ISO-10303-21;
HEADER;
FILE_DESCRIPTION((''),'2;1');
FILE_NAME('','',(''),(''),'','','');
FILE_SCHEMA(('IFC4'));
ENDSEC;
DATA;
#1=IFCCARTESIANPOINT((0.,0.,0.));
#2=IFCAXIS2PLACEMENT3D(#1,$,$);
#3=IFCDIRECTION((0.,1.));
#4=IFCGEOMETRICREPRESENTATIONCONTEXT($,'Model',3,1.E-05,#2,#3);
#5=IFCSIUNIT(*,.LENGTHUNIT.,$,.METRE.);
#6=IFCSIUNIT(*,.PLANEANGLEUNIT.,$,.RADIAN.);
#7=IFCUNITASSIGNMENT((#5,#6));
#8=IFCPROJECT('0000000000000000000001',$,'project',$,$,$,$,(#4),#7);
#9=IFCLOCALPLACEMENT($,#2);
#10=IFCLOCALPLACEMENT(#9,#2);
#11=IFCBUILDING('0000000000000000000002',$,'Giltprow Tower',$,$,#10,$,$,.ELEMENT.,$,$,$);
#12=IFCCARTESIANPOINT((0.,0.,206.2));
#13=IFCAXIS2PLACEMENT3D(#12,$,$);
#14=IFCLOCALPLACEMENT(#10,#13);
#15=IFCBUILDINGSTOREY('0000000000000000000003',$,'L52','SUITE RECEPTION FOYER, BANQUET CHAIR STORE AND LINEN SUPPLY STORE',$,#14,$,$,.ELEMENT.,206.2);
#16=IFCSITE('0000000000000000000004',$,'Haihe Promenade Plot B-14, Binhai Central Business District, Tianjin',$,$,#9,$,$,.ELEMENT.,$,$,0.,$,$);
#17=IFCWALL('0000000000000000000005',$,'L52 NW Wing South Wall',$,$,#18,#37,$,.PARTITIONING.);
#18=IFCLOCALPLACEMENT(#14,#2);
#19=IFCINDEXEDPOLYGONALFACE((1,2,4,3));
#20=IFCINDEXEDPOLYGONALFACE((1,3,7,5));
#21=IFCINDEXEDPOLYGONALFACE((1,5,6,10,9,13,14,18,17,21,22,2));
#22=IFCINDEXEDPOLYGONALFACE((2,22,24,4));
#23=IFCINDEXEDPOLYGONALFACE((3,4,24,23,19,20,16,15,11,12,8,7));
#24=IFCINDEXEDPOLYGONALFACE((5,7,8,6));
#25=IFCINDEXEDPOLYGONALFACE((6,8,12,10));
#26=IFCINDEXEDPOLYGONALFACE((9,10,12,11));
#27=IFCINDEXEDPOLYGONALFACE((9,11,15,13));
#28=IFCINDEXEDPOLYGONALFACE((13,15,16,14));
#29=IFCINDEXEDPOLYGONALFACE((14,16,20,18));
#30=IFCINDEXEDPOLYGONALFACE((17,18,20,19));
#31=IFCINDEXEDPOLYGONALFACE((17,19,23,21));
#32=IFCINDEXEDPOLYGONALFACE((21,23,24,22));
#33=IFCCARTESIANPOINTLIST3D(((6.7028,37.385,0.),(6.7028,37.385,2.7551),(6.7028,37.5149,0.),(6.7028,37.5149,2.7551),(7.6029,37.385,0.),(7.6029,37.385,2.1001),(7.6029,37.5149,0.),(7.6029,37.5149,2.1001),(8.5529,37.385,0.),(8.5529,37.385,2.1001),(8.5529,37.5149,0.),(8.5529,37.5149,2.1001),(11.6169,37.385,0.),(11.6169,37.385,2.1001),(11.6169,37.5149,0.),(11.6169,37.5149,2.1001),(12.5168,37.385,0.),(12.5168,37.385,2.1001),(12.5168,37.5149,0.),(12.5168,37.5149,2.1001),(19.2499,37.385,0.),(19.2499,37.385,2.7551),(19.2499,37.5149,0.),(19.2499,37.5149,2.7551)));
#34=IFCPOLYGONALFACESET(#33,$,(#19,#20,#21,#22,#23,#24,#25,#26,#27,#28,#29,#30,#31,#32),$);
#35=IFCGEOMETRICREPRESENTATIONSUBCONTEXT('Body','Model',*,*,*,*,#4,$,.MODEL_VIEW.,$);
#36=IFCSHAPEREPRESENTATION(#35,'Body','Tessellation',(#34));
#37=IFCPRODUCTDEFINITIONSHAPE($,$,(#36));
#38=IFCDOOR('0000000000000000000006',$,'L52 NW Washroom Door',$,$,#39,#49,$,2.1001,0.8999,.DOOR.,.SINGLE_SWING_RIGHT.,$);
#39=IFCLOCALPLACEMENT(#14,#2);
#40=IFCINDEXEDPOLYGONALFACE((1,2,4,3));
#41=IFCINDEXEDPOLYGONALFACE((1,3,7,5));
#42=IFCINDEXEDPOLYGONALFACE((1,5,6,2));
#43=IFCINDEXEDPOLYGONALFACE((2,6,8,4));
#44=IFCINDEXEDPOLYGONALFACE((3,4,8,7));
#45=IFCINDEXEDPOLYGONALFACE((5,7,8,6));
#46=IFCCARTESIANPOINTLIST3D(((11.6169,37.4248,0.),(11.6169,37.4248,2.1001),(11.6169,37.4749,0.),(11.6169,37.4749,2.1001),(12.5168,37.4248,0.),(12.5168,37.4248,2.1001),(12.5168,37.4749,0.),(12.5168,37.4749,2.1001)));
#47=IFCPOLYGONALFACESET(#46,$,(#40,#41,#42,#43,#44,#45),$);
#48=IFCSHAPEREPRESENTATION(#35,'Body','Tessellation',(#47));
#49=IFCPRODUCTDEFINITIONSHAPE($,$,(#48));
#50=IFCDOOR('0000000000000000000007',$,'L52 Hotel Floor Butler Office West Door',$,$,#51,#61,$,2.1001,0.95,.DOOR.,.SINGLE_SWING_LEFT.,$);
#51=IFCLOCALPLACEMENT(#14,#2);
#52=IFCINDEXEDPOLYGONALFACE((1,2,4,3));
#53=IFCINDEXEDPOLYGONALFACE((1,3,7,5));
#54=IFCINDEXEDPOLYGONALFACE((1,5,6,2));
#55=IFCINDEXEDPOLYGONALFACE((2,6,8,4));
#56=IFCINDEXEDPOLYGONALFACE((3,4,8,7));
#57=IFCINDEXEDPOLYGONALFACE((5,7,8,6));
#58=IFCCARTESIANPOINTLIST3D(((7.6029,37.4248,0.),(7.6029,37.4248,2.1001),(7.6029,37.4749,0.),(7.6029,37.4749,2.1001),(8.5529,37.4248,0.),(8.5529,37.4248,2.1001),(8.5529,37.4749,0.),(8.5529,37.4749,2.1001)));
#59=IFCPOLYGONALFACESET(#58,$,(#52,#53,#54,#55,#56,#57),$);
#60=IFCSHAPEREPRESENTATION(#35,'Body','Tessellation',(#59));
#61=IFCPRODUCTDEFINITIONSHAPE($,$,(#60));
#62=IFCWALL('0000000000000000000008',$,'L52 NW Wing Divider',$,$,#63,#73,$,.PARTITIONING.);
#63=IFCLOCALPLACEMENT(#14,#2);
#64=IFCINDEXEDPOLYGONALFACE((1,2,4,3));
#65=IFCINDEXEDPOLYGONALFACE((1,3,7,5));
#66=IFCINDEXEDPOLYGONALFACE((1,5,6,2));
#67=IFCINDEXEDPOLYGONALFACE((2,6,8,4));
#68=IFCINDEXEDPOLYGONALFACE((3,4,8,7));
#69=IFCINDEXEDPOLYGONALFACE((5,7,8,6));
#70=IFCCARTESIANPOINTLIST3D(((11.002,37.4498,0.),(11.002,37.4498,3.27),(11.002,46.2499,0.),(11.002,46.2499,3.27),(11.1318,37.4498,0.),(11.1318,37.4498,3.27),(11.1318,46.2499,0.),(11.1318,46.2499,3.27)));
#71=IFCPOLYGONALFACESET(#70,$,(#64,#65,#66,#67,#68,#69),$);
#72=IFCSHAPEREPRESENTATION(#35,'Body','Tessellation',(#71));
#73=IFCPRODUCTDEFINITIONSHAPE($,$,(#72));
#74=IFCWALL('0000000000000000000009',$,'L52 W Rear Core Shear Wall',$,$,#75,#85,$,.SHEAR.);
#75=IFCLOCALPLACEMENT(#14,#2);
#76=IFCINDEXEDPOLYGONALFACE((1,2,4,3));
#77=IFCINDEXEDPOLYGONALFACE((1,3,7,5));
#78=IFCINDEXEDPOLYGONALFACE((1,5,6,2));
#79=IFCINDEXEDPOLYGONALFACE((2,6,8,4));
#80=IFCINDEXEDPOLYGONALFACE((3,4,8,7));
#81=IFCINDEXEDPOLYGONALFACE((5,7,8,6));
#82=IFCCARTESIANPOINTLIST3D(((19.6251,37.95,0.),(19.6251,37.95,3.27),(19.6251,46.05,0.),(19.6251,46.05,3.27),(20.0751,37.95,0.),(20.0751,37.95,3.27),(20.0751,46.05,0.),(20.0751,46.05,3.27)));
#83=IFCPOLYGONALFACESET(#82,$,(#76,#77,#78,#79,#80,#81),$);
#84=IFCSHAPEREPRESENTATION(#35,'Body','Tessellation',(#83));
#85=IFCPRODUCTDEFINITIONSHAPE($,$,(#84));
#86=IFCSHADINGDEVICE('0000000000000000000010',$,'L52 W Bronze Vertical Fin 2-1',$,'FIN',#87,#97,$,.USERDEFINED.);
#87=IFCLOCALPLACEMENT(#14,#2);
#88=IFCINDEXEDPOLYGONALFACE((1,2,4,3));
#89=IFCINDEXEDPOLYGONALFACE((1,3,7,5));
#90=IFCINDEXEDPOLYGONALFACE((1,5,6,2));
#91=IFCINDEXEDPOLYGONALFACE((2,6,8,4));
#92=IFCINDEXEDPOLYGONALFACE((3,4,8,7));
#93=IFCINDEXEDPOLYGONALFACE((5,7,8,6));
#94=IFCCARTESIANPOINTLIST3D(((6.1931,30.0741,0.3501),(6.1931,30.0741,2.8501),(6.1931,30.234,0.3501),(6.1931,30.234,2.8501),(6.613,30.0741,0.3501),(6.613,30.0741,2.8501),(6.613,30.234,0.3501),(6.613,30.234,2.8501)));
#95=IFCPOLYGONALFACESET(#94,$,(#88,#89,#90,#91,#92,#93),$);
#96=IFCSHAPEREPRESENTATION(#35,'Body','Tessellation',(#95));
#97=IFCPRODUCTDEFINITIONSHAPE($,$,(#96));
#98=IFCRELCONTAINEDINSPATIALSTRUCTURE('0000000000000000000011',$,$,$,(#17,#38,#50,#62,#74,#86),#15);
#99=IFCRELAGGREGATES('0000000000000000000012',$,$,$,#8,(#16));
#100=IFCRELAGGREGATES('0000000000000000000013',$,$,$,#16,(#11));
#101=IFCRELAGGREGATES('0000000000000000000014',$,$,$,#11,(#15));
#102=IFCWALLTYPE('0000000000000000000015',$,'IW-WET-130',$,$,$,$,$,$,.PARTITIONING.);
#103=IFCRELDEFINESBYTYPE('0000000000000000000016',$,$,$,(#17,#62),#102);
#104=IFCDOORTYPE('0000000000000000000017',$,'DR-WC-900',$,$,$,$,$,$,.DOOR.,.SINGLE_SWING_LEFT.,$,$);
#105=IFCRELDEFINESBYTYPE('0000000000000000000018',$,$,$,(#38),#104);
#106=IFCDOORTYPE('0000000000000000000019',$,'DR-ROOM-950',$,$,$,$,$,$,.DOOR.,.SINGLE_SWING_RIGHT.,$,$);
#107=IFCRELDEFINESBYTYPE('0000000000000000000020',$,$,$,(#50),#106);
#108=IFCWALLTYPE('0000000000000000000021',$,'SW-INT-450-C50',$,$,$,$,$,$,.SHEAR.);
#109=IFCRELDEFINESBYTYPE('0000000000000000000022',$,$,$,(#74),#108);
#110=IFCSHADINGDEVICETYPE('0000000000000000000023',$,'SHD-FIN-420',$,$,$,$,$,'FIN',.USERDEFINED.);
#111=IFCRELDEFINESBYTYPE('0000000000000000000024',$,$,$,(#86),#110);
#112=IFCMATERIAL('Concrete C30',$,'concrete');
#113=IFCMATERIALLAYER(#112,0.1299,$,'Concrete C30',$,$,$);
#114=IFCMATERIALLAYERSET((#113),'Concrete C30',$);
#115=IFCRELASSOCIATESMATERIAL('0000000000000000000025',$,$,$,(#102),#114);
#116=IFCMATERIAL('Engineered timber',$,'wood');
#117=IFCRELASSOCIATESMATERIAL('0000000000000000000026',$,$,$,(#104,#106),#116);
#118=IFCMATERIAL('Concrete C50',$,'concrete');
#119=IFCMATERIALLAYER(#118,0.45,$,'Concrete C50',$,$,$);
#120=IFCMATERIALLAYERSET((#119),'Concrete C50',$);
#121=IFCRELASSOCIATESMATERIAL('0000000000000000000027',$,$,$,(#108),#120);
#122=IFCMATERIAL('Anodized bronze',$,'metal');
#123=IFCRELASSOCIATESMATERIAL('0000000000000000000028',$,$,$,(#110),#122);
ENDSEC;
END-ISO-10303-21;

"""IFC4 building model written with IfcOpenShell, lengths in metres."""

from ifc_helpers import new_model, si_unit, direction, frame, frame_2d, origin, origin_2d, place, context, subcontext, project, spatial, rectangle, extrude, source, transform, mapped, material, layer, layer_set, type_object, element, fill, save


model = new_model("IFC4")

# Units and contexts
model_context = context("Model", 3, precision=1e-05, world=origin(), true_north=direction((0.0, 1.0)))
body_context = subcontext(model_context, "Body", "Model", "MODEL_VIEW")
ifc_project = project(units=[si_unit("LENGTHUNIT", "METRE"), si_unit("PLANEANGLEUNIT", "RADIAN")], contexts=[model_context])

# Site, building, storey
site_placement = place(None, origin())
site = spatial("IfcSite", under=ifc_project, at=site_placement, Name="Haihe Promenade Plot B-14, Binhai Central Business District, Tianjin", CompositionType="ELEMENT", RefElevation=0.0)
building_placement = place(site_placement, origin())
building = spatial("IfcBuilding", under=site, at=building_placement, Name="Giltprow Tower", CompositionType="ELEMENT")
storey_placement = place(building_placement, frame((0.0, 0.0, 206.2)))
storey = spatial("IfcBuildingStorey", under=building, at=storey_placement, Name="L52", Description="SUITE RECEPTION FOYER, BANQUET CHAIR STORE AND LINEN SUPPLY STORE", CompositionType="ELEMENT", Elevation=206.2)

# Shared definitions
ifc_material_1 = material(Name="Concrete C50", Category="concrete")

# Shared definitions
ifc_material_2 = material(Name="Engineered timber", Category="wood")

# Wall, openings, doors
ifc_material_3 = material(Name="Concrete C30", Category="concrete")
ifc_layer_1 = layer(ifc_material_3, 0.1299, Name="Concrete C30")
ifc_layer_set_1 = layer_set([ifc_layer_1], Name="Concrete C30")
wall_type_1 = type_object("IfcWallType", Name="IW-WET-130", PredefinedType="PARTITIONING", material=ifc_layer_set_1)
wall_1_placement = place(storey_placement, frame((6.7029, 37.45, 0.0), z_axis=(0.0, 0.0, 1.0), x_axis=(1.0, 0.0, 0.0)))
wall_1 = element("IfcWall", 1, at=wall_1_placement, inside=storey, type_object=wall_type_1, Name="L52 NW Wing South Wall", PredefinedType="PARTITIONING", context=body_context, shape_type="SweptSolid", body=[
    extrude(rectangle(XDim=12.5471, YDim=0.1299, at=frame_2d((6.2734, 0.0))), origin(), (0.0, 0.0, 1.0), 2.7551),
])
opening_1_placement = place(wall_1_placement, frame((0.8999, 0.0, 0.0)))
opening_1 = element("IfcOpeningElement", 2, at=opening_1_placement, cuts=wall_1, PredefinedType="OPENING", context=body_context, shape_type="SweptSolid", body=[
    extrude(rectangle(XDim=0.95, YDim=2.1001, at=frame_2d((0.4751, 1.05))), frame((0.0, 0.075, 0.0), z_axis=(0.0, -1.0, 0.0), x_axis=(1.0, 0.0, 0.0)), (0.0, 0.0, 1.0), 0.1499),
])
opening_2_placement = place(wall_1_placement, frame((4.9141, 0.0, 0.0)))
opening_2 = element("IfcOpeningElement", 3, at=opening_2_placement, cuts=wall_1, PredefinedType="OPENING", context=body_context, shape_type="SweptSolid", body=[
    extrude(rectangle(XDim=0.8999, YDim=2.1001, at=frame_2d((0.45, 1.05))), frame((0.0, 0.075, 0.0), z_axis=(0.0, -1.0, 0.0), x_axis=(1.0, 0.0, 0.0)), (0.0, 0.0, 1.0), 0.1499),
])
door_type_1 = type_object("IfcDoorType", Name="DR-WC-900", OperationType="SINGLE_SWING_LEFT", PredefinedType="DOOR", material=ifc_material_2)
shared_shape_1 = source(origin(), body_context, "Body", "SweptSolid", [
    extrude(rectangle(XDim=0.8999, YDim=2.1001, at=frame_2d((0.45, 1.05))), frame((0.0, 0.0249, 0.0), z_axis=(0.0, -1.0, 0.0), x_axis=(1.0, 0.0, 0.0)), (0.0, 0.0, 1.0), 0.05),
])
door_1_placement = place(opening_2_placement, origin())
door_1 = element("IfcDoor", 4, at=door_1_placement, inside=storey, type_object=door_type_1, Name="L52 NW Washroom Door", OperationType="SINGLE_SWING_RIGHT", OverallHeight=2.1001, OverallWidth=0.8999, PredefinedType="DOOR", context=body_context, shape_type="MappedRepresentation", body=[
    mapped(shared_shape_1, transform((0.0, 0.0, 0.0), x_axis=(1.0, 0.0, 0.0), y_axis=(0.0, 1.0, 0.0), z_axis=(0.0, 0.0, 1.0), scale=1.0)),
])
fill(opening_2, door_1)
door_type_2 = type_object("IfcDoorType", Name="DR-ROOM-950", OperationType="SINGLE_SWING_RIGHT", PredefinedType="DOOR", material=ifc_material_2)
shared_shape_2 = source(origin(), body_context, "Body", "SweptSolid", [
    extrude(rectangle(XDim=0.95, YDim=2.1001, at=frame_2d((0.4751, 1.05))), frame((0.0, 0.0249, 0.0), z_axis=(0.0, -1.0, 0.0), x_axis=(1.0, 0.0, 0.0)), (0.0, 0.0, 1.0), 0.05),
])
door_2_placement = place(opening_1_placement, origin())
door_2 = element("IfcDoor", 5, at=door_2_placement, inside=storey, type_object=door_type_2, Name="L52 Hotel Floor Butler Office West Door", OperationType="SINGLE_SWING_LEFT", OverallHeight=2.1001, OverallWidth=0.95, PredefinedType="DOOR", context=body_context, shape_type="MappedRepresentation", body=[
    mapped(shared_shape_2, transform((0.0, 0.0, 0.0), x_axis=(1.0, 0.0, 0.0), y_axis=(0.0, 1.0, 0.0), z_axis=(0.0, 0.0, 1.0), scale=1.0)),
])
fill(opening_1, door_2)

# Wall
wall_2_placement = place(storey_placement, frame((11.0669, 37.45, 0.0), z_axis=(0.0, 0.0, 1.0), x_axis=(0.0, 1.0, 0.0)))
element("IfcWall", 6, at=wall_2_placement, inside=storey, type_object=wall_type_1, Name="L52 NW Wing Divider", PredefinedType="PARTITIONING", context=body_context, shape_type="SweptSolid", body=[
    extrude(rectangle(XDim=8.8, YDim=0.1299, at=frame_2d((4.3999, 0.0))), origin(), (0.0, 0.0, 1.0), 3.27),
])

# Shared definitions
ifc_layer_2 = layer(ifc_material_1, 0.45, Name="Concrete C50")
ifc_layer_set_2 = layer_set([ifc_layer_2], Name="Concrete C50")
wall_type_2 = type_object("IfcWallType", Name="SW-INT-450-C50", PredefinedType="SHEAR", material=ifc_layer_set_2)

# Wall
wall_3_placement = place(storey_placement, frame((19.8501, 37.95, 0.0), z_axis=(0.0, 0.0, 1.0), x_axis=(0.0, 1.0, 0.0)))
element("IfcWall", 7, at=wall_3_placement, inside=storey, type_object=wall_type_2, Name="L52 W Rear Core Shear Wall", PredefinedType="SHEAR", context=body_context, shape_type="SweptSolid", body=[
    extrude(rectangle(XDim=8.1001, YDim=0.45, at=frame_2d((4.05, 0.0))), origin(), (0.0, 0.0, 1.0), 3.27),
])

# Shading device
ifc_material_4 = material(Name="Anodized bronze", Category="metal")
shading_device_type = type_object("IfcShadingDeviceType", Name="SHD-FIN-420", ElementType="FIN", PredefinedType="USERDEFINED", material=ifc_material_4)
shared_shape_3 = source(origin(), body_context, "Body", "SweptSolid", [
    extrude(rectangle(XDim=0.4199, YDim=0.1599, at=origin_2d()), origin(), (0.0, 0.0, 1.0), 2.5),
])
shading_device_placement = place(storey_placement, frame((6.4031, 30.1541, 0.3501), z_axis=(0.0, 0.0, 1.0), x_axis=(1.0, 0.0, 0.0)))
element("IfcShadingDevice", 8, at=shading_device_placement, inside=storey, type_object=shading_device_type, Name="L52 W Bronze Vertical Fin 2-1", ObjectType="FIN", PredefinedType="USERDEFINED", context=body_context, shape_type="MappedRepresentation", body=[
    mapped(shared_shape_3, transform((0.0, 0.0, 0.0), x_axis=(1.0, 0.0, 0.0), y_axis=(0.0, 1.0, 0.0), z_axis=(0.0, 0.0, 1.0), scale=1.0)),
])

save(model, "model.ifc")
